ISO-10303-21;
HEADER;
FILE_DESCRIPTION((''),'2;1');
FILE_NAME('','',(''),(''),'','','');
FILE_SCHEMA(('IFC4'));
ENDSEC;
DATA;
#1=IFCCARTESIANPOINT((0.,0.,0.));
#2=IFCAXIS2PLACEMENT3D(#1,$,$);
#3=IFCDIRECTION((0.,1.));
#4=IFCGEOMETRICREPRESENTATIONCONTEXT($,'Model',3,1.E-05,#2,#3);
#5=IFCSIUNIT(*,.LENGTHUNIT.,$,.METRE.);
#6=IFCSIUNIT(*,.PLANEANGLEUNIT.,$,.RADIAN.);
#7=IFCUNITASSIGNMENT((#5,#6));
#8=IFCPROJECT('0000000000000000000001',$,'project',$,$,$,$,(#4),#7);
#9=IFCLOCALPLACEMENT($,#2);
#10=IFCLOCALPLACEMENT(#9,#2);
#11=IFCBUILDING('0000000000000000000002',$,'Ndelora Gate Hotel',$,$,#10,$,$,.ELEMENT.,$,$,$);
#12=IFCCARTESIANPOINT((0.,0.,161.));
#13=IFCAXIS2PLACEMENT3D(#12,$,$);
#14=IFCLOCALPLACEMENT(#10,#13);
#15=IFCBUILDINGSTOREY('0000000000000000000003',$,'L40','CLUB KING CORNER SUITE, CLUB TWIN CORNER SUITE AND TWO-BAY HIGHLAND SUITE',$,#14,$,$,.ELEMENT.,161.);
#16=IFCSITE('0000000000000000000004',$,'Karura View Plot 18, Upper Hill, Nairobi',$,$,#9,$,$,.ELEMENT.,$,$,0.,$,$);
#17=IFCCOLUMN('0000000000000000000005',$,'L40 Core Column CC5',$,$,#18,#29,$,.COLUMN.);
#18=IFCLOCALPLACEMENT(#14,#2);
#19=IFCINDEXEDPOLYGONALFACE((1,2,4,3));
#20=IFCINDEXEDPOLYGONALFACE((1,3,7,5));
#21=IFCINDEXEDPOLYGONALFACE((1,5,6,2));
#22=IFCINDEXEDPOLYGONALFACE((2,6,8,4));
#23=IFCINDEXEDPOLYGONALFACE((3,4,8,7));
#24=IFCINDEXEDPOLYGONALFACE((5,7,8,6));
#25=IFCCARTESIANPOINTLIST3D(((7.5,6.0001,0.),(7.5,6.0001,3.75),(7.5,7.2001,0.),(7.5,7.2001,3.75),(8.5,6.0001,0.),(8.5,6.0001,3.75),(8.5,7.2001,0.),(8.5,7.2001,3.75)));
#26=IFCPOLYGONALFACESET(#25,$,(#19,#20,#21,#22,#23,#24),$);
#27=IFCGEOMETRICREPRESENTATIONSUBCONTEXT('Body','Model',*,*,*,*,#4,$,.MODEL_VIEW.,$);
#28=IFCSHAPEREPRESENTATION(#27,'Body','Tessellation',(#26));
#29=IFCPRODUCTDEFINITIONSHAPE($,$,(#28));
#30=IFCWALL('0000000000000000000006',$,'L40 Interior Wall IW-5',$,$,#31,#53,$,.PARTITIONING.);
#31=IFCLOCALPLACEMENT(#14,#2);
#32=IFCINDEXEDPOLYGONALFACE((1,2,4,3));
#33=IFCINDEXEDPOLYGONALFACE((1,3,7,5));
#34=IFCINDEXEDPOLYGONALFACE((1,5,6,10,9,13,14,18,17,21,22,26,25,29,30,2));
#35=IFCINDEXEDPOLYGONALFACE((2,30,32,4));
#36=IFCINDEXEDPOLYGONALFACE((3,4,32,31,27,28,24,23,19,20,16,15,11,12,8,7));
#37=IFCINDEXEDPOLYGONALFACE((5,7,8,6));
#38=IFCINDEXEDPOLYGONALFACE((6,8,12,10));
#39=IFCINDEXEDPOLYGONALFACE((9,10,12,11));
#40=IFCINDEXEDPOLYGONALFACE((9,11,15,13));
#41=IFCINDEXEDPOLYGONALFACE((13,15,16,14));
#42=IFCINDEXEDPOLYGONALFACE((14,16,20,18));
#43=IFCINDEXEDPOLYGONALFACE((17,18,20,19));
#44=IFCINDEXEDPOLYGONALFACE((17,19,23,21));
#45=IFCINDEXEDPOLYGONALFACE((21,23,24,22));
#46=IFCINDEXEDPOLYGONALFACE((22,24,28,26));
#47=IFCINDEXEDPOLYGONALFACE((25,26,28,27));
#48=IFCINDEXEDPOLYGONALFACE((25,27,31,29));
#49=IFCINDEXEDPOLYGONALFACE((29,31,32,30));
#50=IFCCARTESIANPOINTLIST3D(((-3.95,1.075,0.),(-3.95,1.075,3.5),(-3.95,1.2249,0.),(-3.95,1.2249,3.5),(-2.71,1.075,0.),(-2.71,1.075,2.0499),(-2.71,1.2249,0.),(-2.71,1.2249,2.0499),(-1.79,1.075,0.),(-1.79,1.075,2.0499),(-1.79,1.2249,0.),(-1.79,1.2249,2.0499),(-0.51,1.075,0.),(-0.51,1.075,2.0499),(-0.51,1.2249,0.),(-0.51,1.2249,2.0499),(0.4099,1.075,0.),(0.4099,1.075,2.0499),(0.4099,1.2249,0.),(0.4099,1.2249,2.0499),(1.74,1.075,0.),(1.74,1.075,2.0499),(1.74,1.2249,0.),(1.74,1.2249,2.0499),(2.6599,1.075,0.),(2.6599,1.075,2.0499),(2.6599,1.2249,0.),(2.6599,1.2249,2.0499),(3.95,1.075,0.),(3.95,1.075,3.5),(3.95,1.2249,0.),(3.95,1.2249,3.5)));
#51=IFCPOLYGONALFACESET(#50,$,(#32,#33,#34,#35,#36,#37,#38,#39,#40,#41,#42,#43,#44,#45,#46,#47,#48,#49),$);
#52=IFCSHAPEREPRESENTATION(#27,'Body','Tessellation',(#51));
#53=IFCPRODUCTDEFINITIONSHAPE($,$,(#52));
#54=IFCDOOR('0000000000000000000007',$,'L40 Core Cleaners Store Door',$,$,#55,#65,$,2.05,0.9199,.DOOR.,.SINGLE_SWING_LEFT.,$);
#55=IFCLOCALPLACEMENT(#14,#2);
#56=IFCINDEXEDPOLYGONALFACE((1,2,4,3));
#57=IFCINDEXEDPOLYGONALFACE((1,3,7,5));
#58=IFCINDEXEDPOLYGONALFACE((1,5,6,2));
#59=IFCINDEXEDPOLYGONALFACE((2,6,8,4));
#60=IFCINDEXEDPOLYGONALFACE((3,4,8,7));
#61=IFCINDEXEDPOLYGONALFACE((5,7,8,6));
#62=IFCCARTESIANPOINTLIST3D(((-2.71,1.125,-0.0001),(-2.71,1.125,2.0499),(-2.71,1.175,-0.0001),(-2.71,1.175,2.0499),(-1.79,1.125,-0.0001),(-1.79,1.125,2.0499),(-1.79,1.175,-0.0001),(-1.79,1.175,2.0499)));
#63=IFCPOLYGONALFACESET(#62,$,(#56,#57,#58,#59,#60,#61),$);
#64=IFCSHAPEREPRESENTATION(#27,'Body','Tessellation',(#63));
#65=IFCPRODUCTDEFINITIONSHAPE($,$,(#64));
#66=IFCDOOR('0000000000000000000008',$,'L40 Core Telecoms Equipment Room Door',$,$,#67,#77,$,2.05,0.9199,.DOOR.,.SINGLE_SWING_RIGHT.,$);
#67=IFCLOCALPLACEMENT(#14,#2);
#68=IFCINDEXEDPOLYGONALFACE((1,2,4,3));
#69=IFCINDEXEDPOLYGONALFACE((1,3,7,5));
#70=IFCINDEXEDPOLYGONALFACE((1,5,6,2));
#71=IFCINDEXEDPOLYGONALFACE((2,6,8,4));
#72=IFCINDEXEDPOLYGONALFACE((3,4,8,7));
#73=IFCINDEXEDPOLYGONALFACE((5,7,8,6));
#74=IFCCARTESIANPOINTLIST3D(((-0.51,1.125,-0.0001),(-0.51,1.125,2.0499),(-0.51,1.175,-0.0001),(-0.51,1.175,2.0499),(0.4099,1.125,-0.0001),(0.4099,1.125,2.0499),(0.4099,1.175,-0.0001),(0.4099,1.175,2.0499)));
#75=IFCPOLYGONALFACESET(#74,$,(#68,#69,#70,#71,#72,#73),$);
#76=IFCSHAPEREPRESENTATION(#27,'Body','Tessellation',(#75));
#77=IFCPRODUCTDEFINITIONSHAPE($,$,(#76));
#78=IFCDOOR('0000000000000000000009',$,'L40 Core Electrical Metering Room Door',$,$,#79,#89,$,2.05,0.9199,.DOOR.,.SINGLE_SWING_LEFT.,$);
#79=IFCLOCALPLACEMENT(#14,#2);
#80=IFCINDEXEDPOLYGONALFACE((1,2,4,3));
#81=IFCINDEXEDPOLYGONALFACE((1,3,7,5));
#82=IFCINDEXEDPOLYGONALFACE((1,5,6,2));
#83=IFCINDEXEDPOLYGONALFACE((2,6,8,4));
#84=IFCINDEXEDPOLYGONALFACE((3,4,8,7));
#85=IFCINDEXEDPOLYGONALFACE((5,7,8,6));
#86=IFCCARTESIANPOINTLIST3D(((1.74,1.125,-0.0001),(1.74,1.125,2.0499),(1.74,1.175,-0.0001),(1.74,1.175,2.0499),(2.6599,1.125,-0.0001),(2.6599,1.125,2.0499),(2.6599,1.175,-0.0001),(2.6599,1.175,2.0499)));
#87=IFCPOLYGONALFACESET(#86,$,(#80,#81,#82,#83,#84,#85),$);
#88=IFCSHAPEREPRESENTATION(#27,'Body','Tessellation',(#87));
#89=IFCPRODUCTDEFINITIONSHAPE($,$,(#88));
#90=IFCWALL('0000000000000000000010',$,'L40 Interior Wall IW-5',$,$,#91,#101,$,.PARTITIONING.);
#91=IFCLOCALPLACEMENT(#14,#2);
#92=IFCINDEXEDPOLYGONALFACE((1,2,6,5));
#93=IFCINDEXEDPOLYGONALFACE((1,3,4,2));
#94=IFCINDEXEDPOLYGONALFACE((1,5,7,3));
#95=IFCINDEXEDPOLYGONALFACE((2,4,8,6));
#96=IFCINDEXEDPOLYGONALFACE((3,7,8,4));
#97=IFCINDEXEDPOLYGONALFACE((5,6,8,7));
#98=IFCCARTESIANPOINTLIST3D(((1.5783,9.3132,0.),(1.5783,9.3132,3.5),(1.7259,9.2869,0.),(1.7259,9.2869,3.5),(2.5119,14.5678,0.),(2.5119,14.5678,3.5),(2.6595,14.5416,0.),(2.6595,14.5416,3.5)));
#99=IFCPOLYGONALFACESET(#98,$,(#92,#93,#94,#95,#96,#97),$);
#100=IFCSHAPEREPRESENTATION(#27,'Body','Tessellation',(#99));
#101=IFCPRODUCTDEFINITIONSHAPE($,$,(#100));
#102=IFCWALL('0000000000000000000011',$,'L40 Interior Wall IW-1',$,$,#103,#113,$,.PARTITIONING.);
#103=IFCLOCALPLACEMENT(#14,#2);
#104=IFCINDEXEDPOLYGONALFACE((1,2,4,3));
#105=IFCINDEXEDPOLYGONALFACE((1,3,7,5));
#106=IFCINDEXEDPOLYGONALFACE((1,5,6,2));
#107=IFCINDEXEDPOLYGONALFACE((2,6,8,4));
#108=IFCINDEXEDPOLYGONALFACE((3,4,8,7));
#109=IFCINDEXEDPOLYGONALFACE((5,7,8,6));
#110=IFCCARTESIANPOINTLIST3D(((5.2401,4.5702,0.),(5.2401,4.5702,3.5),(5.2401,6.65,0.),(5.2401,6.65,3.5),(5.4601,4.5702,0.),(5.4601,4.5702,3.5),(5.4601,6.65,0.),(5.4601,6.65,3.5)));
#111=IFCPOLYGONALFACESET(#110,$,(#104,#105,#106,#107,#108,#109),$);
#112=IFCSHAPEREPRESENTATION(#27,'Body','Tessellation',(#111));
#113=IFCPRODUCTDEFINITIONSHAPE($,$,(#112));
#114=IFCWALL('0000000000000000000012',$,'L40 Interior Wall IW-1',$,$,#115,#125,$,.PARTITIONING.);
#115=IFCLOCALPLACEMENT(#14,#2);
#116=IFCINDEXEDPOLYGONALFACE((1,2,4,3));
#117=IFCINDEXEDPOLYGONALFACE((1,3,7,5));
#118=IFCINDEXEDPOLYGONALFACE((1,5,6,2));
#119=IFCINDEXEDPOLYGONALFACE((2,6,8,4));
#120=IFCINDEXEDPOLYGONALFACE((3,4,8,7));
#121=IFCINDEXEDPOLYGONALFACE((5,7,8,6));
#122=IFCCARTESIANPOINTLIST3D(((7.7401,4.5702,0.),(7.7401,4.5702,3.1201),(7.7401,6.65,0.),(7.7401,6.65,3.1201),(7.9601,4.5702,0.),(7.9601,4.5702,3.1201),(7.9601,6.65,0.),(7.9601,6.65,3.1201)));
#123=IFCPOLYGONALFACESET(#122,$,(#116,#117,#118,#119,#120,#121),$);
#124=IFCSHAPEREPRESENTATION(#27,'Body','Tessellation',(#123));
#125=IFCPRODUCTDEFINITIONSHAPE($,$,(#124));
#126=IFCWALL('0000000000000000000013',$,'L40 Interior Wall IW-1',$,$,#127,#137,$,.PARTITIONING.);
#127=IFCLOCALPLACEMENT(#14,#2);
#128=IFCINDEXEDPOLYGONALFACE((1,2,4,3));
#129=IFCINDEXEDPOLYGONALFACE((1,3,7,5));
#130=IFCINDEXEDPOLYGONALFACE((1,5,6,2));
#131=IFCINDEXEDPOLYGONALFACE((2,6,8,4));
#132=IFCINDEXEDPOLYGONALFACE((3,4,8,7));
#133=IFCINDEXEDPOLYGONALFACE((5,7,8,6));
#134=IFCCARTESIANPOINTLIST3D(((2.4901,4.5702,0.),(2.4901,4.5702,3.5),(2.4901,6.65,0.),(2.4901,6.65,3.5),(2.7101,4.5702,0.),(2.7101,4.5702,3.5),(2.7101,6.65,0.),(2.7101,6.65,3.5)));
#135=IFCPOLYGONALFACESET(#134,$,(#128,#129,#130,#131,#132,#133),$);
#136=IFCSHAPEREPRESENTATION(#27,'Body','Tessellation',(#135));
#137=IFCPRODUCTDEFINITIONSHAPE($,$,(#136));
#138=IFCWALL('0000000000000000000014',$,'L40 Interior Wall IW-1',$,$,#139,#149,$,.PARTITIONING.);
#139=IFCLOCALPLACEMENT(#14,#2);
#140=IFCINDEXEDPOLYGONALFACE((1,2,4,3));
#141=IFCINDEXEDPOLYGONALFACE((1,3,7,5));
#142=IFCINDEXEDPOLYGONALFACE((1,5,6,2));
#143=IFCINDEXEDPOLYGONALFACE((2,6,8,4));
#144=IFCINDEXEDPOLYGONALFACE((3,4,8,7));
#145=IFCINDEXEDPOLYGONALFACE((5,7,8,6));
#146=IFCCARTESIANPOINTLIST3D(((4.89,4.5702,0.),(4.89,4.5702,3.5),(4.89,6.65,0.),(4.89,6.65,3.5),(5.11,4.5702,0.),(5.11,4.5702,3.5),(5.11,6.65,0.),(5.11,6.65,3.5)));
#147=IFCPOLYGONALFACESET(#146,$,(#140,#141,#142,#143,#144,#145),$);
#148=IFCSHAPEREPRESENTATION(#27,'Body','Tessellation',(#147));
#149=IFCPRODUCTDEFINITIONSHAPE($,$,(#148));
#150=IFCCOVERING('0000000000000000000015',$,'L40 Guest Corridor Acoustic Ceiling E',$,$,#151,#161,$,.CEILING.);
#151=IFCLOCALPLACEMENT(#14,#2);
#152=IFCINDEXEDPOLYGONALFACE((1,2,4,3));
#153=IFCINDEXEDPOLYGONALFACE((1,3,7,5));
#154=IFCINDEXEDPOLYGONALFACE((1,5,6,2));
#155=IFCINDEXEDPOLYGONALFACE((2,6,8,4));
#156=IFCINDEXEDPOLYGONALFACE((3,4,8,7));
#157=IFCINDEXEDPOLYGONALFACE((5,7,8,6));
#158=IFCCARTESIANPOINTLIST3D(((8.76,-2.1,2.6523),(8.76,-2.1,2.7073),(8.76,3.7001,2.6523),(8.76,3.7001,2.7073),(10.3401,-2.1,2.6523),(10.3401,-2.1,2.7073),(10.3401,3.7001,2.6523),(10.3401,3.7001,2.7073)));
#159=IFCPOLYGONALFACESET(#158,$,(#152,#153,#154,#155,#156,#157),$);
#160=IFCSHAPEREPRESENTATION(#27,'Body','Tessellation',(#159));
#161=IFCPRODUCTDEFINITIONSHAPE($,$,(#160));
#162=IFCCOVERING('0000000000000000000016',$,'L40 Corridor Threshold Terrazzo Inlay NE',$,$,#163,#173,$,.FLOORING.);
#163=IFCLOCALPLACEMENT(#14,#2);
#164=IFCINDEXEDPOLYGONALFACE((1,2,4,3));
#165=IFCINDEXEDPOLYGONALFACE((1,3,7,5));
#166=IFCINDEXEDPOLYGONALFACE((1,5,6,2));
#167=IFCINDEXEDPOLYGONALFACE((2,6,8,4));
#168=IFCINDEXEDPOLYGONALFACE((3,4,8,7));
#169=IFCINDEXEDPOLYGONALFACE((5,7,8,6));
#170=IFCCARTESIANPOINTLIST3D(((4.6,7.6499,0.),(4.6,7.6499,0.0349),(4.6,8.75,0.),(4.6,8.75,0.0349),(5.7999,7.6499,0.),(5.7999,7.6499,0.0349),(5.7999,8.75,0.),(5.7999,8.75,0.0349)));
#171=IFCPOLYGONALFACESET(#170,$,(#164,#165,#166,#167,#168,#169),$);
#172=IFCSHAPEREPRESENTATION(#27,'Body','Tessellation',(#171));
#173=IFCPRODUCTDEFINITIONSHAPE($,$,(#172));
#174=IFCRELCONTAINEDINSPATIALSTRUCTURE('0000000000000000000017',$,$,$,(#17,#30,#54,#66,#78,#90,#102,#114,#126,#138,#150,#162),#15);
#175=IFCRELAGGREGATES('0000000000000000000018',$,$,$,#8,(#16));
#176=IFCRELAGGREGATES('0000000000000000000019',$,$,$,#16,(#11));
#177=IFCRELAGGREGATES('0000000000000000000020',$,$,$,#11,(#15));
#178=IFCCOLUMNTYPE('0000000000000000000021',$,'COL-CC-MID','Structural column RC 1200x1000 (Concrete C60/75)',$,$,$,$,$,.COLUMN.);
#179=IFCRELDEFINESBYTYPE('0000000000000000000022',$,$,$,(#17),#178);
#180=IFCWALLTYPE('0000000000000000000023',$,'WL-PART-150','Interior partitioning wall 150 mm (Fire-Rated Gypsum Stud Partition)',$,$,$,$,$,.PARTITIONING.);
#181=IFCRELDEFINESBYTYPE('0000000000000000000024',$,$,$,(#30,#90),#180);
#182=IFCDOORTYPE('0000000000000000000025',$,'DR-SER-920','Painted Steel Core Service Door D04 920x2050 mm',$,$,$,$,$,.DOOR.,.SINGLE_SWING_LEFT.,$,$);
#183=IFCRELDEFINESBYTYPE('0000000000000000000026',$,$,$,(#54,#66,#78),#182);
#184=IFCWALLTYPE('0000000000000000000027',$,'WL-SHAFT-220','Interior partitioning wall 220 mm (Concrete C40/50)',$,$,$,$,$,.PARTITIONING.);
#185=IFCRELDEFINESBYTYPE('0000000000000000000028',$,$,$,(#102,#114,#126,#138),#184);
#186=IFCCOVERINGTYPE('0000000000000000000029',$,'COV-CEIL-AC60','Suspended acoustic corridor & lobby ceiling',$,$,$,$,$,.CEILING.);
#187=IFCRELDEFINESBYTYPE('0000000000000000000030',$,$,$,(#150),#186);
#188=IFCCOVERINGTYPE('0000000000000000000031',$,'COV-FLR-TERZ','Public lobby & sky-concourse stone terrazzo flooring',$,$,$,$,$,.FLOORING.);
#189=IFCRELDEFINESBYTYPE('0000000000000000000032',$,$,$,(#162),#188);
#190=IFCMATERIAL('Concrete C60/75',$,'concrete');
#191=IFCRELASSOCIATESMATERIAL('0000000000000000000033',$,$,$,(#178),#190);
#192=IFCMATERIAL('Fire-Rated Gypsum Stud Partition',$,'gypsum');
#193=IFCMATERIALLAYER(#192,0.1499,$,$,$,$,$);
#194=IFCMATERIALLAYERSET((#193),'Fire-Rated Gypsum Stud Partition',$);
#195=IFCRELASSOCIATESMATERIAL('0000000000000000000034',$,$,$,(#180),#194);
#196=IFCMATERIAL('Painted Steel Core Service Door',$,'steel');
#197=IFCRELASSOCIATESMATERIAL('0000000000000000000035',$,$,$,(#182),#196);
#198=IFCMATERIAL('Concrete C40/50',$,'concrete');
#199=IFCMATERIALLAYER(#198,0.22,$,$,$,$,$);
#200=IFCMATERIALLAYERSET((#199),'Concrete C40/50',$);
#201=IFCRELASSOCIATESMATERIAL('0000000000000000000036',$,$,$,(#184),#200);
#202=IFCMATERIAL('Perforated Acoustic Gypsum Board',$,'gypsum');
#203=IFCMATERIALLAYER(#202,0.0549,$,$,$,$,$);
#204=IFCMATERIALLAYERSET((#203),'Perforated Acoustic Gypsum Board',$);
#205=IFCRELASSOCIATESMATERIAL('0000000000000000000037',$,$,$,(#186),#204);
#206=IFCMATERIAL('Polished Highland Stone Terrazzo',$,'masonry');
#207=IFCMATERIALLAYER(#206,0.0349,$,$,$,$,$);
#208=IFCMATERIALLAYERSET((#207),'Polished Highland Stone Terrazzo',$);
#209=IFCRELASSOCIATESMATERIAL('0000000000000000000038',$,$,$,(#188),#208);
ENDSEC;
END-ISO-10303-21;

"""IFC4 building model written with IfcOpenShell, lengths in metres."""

from ifc_helpers import new_model, si_unit, direction, frame, frame_2d, origin, origin_2d, place, context, subcontext, project, spatial, rectangle, extrude, material, layer, layer_set, material_profile, profile_set, type_object, element, fill, save


model = new_model("IFC4")

# Units and contexts
model_context = context("Model", 3, precision=1e-05, world=origin(), true_north=direction((0.0, 1.0)))
body_context = subcontext(model_context, "Body", "Model", "MODEL_VIEW")
ifc_project = project(units=[si_unit("LENGTHUNIT", "METRE"), si_unit("PLANEANGLEUNIT", "RADIAN")], contexts=[model_context])

# Site, building, storey
site_placement = place(None, origin())
site = spatial("IfcSite", under=ifc_project, at=site_placement, Name="Karura View Plot 18, Upper Hill, Nairobi", CompositionType="ELEMENT", RefElevation=0.0)
building_placement = place(site_placement, origin())
building = spatial("IfcBuilding", under=site, at=building_placement, Name="Ndelora Gate Hotel", CompositionType="ELEMENT")
storey_placement = place(building_placement, frame((0.0, 0.0, 161.0)))
storey = spatial("IfcBuildingStorey", under=building, at=storey_placement, Name="L40", Description="CLUB KING CORNER SUITE, CLUB TWIN CORNER SUITE AND TWO-BAY HIGHLAND SUITE", CompositionType="ELEMENT", Elevation=161.0)

# Column
ifc_material_1 = material(Name="Concrete C60/75", Category="concrete")
ifc_material_profile = material_profile(ifc_material_1, rectangle(XDim=1.0, YDim=1.2, at=origin_2d()), Name="RC 1200x1000")
ifc_profile_set = profile_set([ifc_material_profile], Name="Concrete C60/75")
column_type = type_object("IfcColumnType", Name="COL-CC-MID", Description="Structural column RC 1200x1000 (Concrete C60/75)", PredefinedType="COLUMN", material=ifc_profile_set)
column_placement = place(storey_placement, frame((8.0, 6.6001, 0.0), z_axis=(0.0, 0.0, 1.0), x_axis=(1.0, 0.0, 0.0)))
element("IfcColumn", 1, at=column_placement, inside=storey, type_object=column_type, Name="L40 Core Column CC5", PredefinedType="COLUMN", context=body_context, shape_type="SweptSolid", body=[
    extrude(rectangle(XDim=1.0, YDim=1.2, at=origin_2d()), origin(), (0.0, 0.0, 1.0), 3.75),
])

# Shared definitions
ifc_material_2 = material(Name="Concrete C40/50", Category="concrete")

# Wall, openings, doors
ifc_material_3 = material(Name="Fire-Rated Gypsum Stud Partition", Category="gypsum")
ifc_layer_1 = layer(ifc_material_3, 0.1499)
ifc_layer_set_1 = layer_set([ifc_layer_1], Name="Fire-Rated Gypsum Stud Partition")
wall_type_1 = type_object("IfcWallType", Name="WL-PART-150", Description="Interior partitioning wall 150 mm (Fire-Rated Gypsum Stud Partition)", PredefinedType="PARTITIONING", material=ifc_layer_set_1)
wall_1_placement = place(storey_placement, frame((3.95, 1.1499, 0.0), z_axis=(0.0, 0.0, 1.0), x_axis=(-1.0, 0.0, 0.0)))
wall_1 = element("IfcWall", 2, at=wall_1_placement, inside=storey, type_object=wall_type_1, Name="L40 Interior Wall IW-5", PredefinedType="PARTITIONING", context=body_context, shape_type="SweptSolid", body=[
    extrude(rectangle(XDim=7.8999, YDim=0.1499, at=frame_2d((3.95, 0.0))), origin(), (0.0, 0.0, 1.0), 3.5),
])
opening_1_placement = place(wall_1_placement, frame((5.74, 0.0, 0.0)))
opening_1 = element("IfcOpeningElement", 3, at=opening_1_placement, cuts=wall_1, PredefinedType="OPENING", context=body_context, shape_type="SweptSolid", body=[
    extrude(rectangle(XDim=0.9199, YDim=2.05, at=frame_2d((0.46, 1.0249))), frame((0.0, 0.085, 0.0), z_axis=(0.0, -1.0, 0.0), x_axis=(1.0, 0.0, 0.0)), (0.0, 0.0, 1.0), 0.1699),
])
opening_2_placement = place(wall_1_placement, frame((3.54, 0.0, 0.0)))
opening_2 = element("IfcOpeningElement", 4, at=opening_2_placement, cuts=wall_1, PredefinedType="OPENING", context=body_context, shape_type="SweptSolid", body=[
    extrude(rectangle(XDim=0.9199, YDim=2.05, at=frame_2d((0.46, 1.0249))), frame((0.0, 0.085, 0.0), z_axis=(0.0, -1.0, 0.0), x_axis=(1.0, 0.0, 0.0)), (0.0, 0.0, 1.0), 0.1699),
])
opening_3_placement = place(wall_1_placement, frame((1.29, 0.0, 0.0)))
opening_3 = element("IfcOpeningElement", 5, at=opening_3_placement, cuts=wall_1, PredefinedType="OPENING", context=body_context, shape_type="SweptSolid", body=[
    extrude(rectangle(XDim=0.9199, YDim=2.05, at=frame_2d((0.46, 1.0249))), frame((0.0, 0.085, 0.0), z_axis=(0.0, -1.0, 0.0), x_axis=(1.0, 0.0, 0.0)), (0.0, 0.0, 1.0), 0.1699),
])
ifc_material_4 = material(Name="Painted Steel Core Service Door", Category="steel")
door_type_1 = type_object("IfcDoorType", Name="DR-SER-920", Description="Painted Steel Core Service Door D04 920x2050 mm", OperationType="SINGLE_SWING_LEFT", PredefinedType="DOOR", material=ifc_material_4)
door_1_placement = place(opening_1_placement, origin())
door_1 = element("IfcDoor", 6, at=door_1_placement, inside=storey, type_object=door_type_1, Name="L40 Core Cleaners Store Door", OperationType="SINGLE_SWING_LEFT", OverallHeight=2.05, OverallWidth=0.9199, PredefinedType="DOOR", context=body_context, shape_type="SweptSolid", body=[
    extrude(rectangle(XDim=0.9199, YDim=2.05, at=frame_2d((0.46, 1.0249))), frame((0.0, 0.0249, 0.0), z_axis=(0.0, -1.0, 0.0), x_axis=(1.0, 0.0, 0.0)), (0.0, 0.0, 1.0), 0.05),
])
fill(opening_1, door_1)
door_2_placement = place(opening_2_placement, origin())
door_2 = element("IfcDoor", 7, at=door_2_placement, inside=storey, type_object=door_type_1, Name="L40 Core Telecoms Equipment Room Door", OperationType="SINGLE_SWING_RIGHT", OverallHeight=2.05, OverallWidth=0.9199, PredefinedType="DOOR", context=body_context, shape_type="SweptSolid", body=[
    extrude(rectangle(XDim=0.9199, YDim=2.05, at=frame_2d((0.46, 1.0249))), frame((0.0, 0.0249, 0.0), z_axis=(0.0, -1.0, 0.0), x_axis=(1.0, 0.0, 0.0)), (0.0, 0.0, 1.0), 0.05),
])
fill(opening_2, door_2)
door_3_placement = place(opening_3_placement, origin())
door_3 = element("IfcDoor", 8, at=door_3_placement, inside=storey, type_object=door_type_1, Name="L40 Core Electrical Metering Room Door", OperationType="SINGLE_SWING_LEFT", OverallHeight=2.05, OverallWidth=0.9199, PredefinedType="DOOR", context=body_context, shape_type="SweptSolid", body=[
    extrude(rectangle(XDim=0.9199, YDim=2.05, at=frame_2d((0.46, 1.0249))), frame((0.0, 0.0249, 0.0), z_axis=(0.0, -1.0, 0.0), x_axis=(1.0, 0.0, 0.0)), (0.0, 0.0, 1.0), 0.05),
])
fill(opening_3, door_3)

# Wall
wall_2_placement = place(storey_placement, frame((1.6521, 9.3, 0.0), z_axis=(0.0, 0.0, 1.0), x_axis=(0.174931, 0.984581, 0.0)))
element("IfcWall", 9, at=wall_2_placement, inside=storey, type_object=wall_type_1, Name="L40 Interior Wall IW-5", PredefinedType="PARTITIONING", context=body_context, shape_type="SweptSolid", body=[
    extrude(rectangle(XDim=5.3369, YDim=0.1499, at=frame_2d((2.6685, 0.0))), origin(), (0.0, 0.0, 1.0), 3.5),
])

# Shared definitions
ifc_layer_2 = layer(ifc_material_2, 0.22)
ifc_layer_set_2 = layer_set([ifc_layer_2], Name="Concrete C40/50")
wall_type_2 = type_object("IfcWallType", Name="WL-SHAFT-220", Description="Interior partitioning wall 220 mm (Concrete C40/50)", PredefinedType="PARTITIONING", material=ifc_layer_set_2)

# Walls
wall_3_placement = place(storey_placement, frame((5.3501, 4.5701, 0.0), z_axis=(0.0, 0.0, 1.0), x_axis=(0.0, 1.0, 0.0)))
element("IfcWall", 10, at=wall_3_placement, inside=storey, type_object=wall_type_2, Name="L40 Interior Wall IW-1", PredefinedType="PARTITIONING", context=body_context, shape_type="SweptSolid", body=[
    extrude(rectangle(XDim=2.0798, YDim=0.22, at=frame_2d((1.04, 0.0))), origin(), (0.0, 0.0, 1.0), 3.5),
])
wall_4_placement = place(storey_placement, frame((7.8501, 4.5701, 0.0), z_axis=(0.0, 0.0, 1.0), x_axis=(0.0, 1.0, 0.0)))
element("IfcWall", 11, at=wall_4_placement, inside=storey, type_object=wall_type_2, Name="L40 Interior Wall IW-1", PredefinedType="PARTITIONING", context=body_context, shape_type="SweptSolid", body=[
    extrude(rectangle(XDim=2.0798, YDim=0.22, at=frame_2d((1.04, 0.0))), origin(), (0.0, 0.0, 1.0), 3.1201),
])

# Walls
for number, where, z_axis, x_axis, name in (
    (12, (2.6001, 4.5701, 0.0), (0.0, 0.0, 1.0), (0.0, 1.0, 0.0), "L40 Interior Wall IW-1"),
    (13, (5.0, 4.5701, 0.0), (0.0, 0.0, 1.0), (0.0, 1.0, 0.0), "L40 Interior Wall IW-1"),
):
    element("IfcWall", number, at=place(storey_placement, frame(where, z_axis=z_axis, x_axis=x_axis)), inside=storey, type_object=wall_type_2, Name=name, PredefinedType="PARTITIONING", context=body_context, shape_type="SweptSolid", body=[
        extrude(rectangle(XDim=2.0798, YDim=0.22, at=frame_2d((1.04, 0.0))), origin(), (0.0, 0.0, 1.0), 3.5),
    ])

# Coverings
ifc_material_5 = material(Name="Perforated Acoustic Gypsum Board", Category="gypsum")
ifc_layer_3 = layer(ifc_material_5, 0.0549)
ifc_layer_set_3 = layer_set([ifc_layer_3], Name="Perforated Acoustic Gypsum Board")
covering_type_1 = type_object("IfcCoveringType", Name="COV-CEIL-AC60", Description="Suspended acoustic corridor & lobby ceiling", PredefinedType="CEILING", material=ifc_layer_set_3)
covering_1_placement = place(storey_placement, frame((9.55, 0.8, 2.6523), z_axis=(0.0, 0.0, 1.0), x_axis=(1.0, 0.0, 0.0)))
element("IfcCovering", 14, at=covering_1_placement, inside=storey, type_object=covering_type_1, Name="L40 Guest Corridor Acoustic Ceiling E", PredefinedType="CEILING", context=body_context, shape_type="SweptSolid", body=[
    extrude(rectangle(XDim=1.5801, YDim=5.8, at=origin_2d()), origin(), (0.0, 0.0, 1.0), 0.0549),
])
ifc_material_6 = material(Name="Polished Highland Stone Terrazzo", Category="masonry")
ifc_layer_4 = layer(ifc_material_6, 0.0349)
ifc_layer_set_4 = layer_set([ifc_layer_4], Name="Polished Highland Stone Terrazzo")
covering_type_2 = type_object("IfcCoveringType", Name="COV-FLR-TERZ", Description="Public lobby & sky-concourse stone terrazzo flooring", PredefinedType="FLOORING", material=ifc_layer_set_4)
for number, where, z_axis, x_axis, name in (
    (15, (5.2, 8.2, 0.0), (0.0, 0.0, 1.0), (1.0, 0.0, 0.0), "L40 Corridor Threshold Terrazzo Inlay NE"),
):
    element("IfcCovering", number, at=place(storey_placement, frame(where, z_axis=z_axis, x_axis=x_axis)), inside=storey, type_object=covering_type_2, Name=name, PredefinedType="FLOORING", context=body_context, shape_type="SweptSolid", body=[
        extrude(rectangle(XDim=1.2, YDim=1.1001, at=origin_2d()), origin(), (0.0, 0.0, 1.0), 0.0349),
    ])

save(model, "model.ifc")
